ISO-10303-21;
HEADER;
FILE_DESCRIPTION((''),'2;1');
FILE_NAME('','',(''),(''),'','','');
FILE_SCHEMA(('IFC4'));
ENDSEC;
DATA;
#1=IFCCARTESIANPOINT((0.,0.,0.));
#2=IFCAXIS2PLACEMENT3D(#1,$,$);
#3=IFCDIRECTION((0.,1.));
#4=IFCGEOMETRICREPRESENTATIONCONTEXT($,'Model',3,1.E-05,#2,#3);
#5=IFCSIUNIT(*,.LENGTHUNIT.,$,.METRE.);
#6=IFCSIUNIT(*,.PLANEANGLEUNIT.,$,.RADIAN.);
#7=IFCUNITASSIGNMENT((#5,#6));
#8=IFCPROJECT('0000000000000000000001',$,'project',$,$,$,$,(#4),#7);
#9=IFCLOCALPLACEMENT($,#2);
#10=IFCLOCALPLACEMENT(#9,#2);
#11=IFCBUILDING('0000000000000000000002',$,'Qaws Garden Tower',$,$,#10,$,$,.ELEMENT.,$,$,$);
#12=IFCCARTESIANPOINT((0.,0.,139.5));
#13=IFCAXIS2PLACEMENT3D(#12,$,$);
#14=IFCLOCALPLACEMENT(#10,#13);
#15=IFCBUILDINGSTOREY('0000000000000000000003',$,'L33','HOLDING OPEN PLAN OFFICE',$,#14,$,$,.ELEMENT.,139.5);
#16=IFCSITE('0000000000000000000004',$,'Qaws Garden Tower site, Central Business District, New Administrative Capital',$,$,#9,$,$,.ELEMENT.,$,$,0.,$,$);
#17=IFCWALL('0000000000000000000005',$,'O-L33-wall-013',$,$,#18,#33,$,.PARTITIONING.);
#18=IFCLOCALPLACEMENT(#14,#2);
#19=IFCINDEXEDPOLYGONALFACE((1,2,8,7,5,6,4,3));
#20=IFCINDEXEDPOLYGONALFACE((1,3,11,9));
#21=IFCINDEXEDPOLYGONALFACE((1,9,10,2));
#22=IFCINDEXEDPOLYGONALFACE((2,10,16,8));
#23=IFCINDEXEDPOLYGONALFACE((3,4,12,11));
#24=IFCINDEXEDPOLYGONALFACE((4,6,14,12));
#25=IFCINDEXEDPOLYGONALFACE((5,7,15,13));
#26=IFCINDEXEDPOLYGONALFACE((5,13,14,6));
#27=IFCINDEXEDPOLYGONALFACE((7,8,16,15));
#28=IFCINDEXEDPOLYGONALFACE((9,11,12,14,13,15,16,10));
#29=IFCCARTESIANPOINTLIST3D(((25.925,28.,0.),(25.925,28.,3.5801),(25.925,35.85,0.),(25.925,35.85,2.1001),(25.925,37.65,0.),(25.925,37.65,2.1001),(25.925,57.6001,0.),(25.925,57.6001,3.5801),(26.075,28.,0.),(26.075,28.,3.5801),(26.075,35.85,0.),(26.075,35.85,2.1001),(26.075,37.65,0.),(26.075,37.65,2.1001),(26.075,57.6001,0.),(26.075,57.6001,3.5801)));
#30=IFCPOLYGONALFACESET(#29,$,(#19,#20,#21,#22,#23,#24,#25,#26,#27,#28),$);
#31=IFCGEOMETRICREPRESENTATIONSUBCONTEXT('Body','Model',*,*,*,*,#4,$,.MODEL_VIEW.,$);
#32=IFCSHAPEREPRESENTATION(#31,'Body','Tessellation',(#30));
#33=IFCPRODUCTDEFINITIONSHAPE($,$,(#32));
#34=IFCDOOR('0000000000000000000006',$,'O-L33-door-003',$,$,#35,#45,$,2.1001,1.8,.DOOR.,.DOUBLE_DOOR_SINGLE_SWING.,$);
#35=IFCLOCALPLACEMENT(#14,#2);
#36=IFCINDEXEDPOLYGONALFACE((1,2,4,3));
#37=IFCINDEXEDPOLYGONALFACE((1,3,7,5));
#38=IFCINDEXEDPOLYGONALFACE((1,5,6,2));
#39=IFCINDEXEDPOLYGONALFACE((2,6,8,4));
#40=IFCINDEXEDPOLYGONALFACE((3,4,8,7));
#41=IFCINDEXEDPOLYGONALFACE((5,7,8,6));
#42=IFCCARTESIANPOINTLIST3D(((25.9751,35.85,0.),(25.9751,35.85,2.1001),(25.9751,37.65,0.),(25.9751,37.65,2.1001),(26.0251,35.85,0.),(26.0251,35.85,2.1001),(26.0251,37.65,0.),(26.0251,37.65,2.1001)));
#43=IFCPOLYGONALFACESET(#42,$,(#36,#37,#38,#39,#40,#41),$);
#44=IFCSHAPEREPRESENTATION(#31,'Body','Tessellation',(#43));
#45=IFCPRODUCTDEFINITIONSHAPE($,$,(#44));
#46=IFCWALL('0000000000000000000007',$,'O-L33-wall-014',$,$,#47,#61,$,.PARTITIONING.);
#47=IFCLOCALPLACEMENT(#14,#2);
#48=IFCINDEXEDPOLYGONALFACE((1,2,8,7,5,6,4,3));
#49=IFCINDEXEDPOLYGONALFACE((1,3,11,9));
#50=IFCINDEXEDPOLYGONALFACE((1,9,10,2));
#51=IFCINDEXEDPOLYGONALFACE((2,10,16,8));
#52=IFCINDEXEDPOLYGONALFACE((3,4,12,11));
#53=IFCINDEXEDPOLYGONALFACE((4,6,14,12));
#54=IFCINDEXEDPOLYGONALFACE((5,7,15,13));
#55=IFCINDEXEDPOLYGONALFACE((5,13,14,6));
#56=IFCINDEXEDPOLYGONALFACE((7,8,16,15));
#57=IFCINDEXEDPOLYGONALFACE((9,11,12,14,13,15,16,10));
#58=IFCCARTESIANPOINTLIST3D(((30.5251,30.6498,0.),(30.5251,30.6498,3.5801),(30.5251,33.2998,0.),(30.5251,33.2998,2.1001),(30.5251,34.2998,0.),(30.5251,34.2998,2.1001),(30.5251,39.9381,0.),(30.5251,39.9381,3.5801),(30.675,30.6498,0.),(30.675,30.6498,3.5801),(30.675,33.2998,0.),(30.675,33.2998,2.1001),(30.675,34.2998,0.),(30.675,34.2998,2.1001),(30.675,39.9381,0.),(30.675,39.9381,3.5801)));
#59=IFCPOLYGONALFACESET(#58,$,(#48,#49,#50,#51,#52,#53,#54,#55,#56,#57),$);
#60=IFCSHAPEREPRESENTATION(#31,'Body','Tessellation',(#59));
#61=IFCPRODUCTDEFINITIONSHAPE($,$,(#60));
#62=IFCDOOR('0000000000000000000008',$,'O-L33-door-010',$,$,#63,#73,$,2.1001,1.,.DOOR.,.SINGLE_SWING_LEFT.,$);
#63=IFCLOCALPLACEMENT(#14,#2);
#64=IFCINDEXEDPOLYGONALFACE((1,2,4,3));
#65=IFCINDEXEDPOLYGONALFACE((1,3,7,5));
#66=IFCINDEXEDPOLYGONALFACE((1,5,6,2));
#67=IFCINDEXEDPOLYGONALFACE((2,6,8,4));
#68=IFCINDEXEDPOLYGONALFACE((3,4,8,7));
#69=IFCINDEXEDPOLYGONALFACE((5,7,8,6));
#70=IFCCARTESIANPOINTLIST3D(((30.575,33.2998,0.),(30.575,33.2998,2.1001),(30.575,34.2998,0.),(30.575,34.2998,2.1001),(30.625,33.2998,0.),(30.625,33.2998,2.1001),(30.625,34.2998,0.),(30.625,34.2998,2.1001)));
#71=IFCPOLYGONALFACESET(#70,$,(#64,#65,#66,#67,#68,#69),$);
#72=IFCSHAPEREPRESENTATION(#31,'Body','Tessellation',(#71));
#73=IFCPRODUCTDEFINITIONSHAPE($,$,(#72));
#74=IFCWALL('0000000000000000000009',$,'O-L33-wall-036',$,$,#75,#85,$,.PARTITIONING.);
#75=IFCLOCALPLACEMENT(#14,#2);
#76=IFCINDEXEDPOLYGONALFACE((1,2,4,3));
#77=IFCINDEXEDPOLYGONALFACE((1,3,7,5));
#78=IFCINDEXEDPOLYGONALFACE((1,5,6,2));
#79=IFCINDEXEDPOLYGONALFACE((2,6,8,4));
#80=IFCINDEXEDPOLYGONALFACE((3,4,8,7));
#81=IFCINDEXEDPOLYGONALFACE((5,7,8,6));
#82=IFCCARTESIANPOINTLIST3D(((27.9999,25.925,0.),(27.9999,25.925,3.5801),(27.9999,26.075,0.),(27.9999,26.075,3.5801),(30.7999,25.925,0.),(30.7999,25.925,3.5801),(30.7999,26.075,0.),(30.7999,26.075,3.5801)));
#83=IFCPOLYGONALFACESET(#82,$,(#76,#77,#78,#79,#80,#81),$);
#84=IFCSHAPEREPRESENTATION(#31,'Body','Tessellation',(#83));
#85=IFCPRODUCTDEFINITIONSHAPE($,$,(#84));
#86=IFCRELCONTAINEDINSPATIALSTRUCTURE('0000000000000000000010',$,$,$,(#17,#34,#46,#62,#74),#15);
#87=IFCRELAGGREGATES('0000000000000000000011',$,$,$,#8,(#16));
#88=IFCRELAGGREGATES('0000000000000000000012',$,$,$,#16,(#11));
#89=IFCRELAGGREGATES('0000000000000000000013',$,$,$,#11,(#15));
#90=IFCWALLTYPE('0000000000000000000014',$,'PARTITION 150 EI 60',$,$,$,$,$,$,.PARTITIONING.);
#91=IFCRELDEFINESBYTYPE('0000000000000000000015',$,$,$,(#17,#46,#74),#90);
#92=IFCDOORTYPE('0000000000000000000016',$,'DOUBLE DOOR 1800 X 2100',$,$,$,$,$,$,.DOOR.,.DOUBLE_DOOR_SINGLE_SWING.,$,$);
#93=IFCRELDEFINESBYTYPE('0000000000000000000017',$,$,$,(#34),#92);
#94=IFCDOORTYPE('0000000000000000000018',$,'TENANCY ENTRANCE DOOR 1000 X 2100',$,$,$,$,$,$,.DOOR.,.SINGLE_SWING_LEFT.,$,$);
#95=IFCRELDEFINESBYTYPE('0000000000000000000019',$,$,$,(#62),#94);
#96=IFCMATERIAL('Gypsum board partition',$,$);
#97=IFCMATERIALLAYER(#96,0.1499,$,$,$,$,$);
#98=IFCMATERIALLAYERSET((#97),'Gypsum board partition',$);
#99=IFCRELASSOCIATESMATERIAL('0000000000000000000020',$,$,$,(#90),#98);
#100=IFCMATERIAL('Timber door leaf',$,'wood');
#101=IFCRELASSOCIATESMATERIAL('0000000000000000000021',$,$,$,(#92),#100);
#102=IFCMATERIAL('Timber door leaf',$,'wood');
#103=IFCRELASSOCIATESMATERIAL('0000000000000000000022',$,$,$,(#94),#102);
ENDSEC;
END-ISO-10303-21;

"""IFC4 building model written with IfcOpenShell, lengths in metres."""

from ifc_helpers import new_model, si_unit, direction, frame, frame_2d, origin, place, context, subcontext, project, spatial, rectangle, extrude, material, layer, layer_set, type_object, element, fill, save


model = new_model("IFC4")

# Units and contexts
model_context = context("Model", 3, precision=1e-05, world=origin(), true_north=direction((0.0, 1.0)))
body_context = subcontext(model_context, "Body", "Model", "MODEL_VIEW")
ifc_project = project(units=[si_unit("LENGTHUNIT", "METRE"), si_unit("PLANEANGLEUNIT", "RADIAN")], contexts=[model_context])

# Site, building, storey
site_placement = place(None, origin())
site = spatial("IfcSite", under=ifc_project, at=site_placement, Name="Qaws Garden Tower site, Central Business District, New Administrative Capital", CompositionType="ELEMENT", RefElevation=0.0)
building_placement = place(site_placement, origin())
building = spatial("IfcBuilding", under=site, at=building_placement, Name="Qaws Garden Tower", CompositionType="ELEMENT")
storey_placement = place(building_placement, frame((0.0, 0.0, 139.5)))
storey = spatial("IfcBuildingStorey", under=building, at=storey_placement, Name="L33", Description="HOLDING OPEN PLAN OFFICE", CompositionType="ELEMENT", Elevation=139.5)

# Walls, openings, doors
ifc_material_1 = material(Name="Gypsum board partition")
ifc_layer_1 = layer(ifc_material_1, 0.1499)
ifc_layer_set_1 = layer_set([ifc_layer_1], Name="Gypsum board partition")
wall_type_1 = type_object("IfcWallType", Name="PARTITION 150 EI 60", PredefinedType="PARTITIONING", material=ifc_layer_set_1)
wall_1_placement = place(storey_placement, frame((26.0, 28.0, 0.0), z_axis=(0.0, 0.0, 1.0), x_axis=(0.0, 1.0, 0.0)))
wall_1 = element("IfcWall", 1, at=wall_1_placement, inside=storey, type_object=wall_type_1, Name="O-L33-wall-013", PredefinedType="PARTITIONING", context=body_context, shape_type="SweptSolid", body=[
    extrude(rectangle(XDim=29.6001, YDim=0.1499, at=frame_2d((14.8, 0.0))), origin(), (0.0, 0.0, 1.0), 3.5801),
])
opening_1_placement = place(wall_1_placement, frame((7.8501, 0.0, 0.0)))
opening_1 = element("IfcOpeningElement", 2, at=opening_1_placement, cuts=wall_1, PredefinedType="OPENING", context=body_context, shape_type="SweptSolid", body=[
    extrude(rectangle(XDim=1.8, YDim=2.1001, at=frame_2d((0.8999, 1.05))), frame((0.0, 0.085, 0.0), z_axis=(0.0, -1.0, 0.0), x_axis=(1.0, 0.0, 0.0)), (0.0, 0.0, 1.0), 0.1699),
])
ifc_material_2 = material(Name="Timber door leaf", Category="wood")
door_type_1 = type_object("IfcDoorType", Name="DOUBLE DOOR 1800 X 2100", OperationType="DOUBLE_DOOR_SINGLE_SWING", PredefinedType="DOOR", material=ifc_material_2)
door_1_placement = place(opening_1_placement, origin())
door_1 = element("IfcDoor", 3, at=door_1_placement, inside=storey, type_object=door_type_1, Name="O-L33-door-003", OperationType="DOUBLE_DOOR_SINGLE_SWING", OverallHeight=2.1001, OverallWidth=1.8, PredefinedType="DOOR", context=body_context, shape_type="SweptSolid", body=[
    extrude(rectangle(XDim=1.8, YDim=2.1001, at=frame_2d((0.8999, 1.05))), frame((0.0, 0.0249, 0.0), z_axis=(0.0, -1.0, 0.0), x_axis=(1.0, 0.0, 0.0)), (0.0, 0.0, 1.0), 0.05),
])
fill(opening_1, door_1)
wall_2_placement = place(storey_placement, frame((30.6001, 30.6499, 0.0), z_axis=(0.0, 0.0, 1.0), x_axis=(0.0, 1.0, 0.0)))
wall_2 = element("IfcWall", 4, at=wall_2_placement, inside=storey, type_object=wall_type_1, Name="O-L33-wall-014", PredefinedType="PARTITIONING", context=body_context, shape_type="SweptSolid", body=[
    extrude(rectangle(XDim=9.2883, YDim=0.1499, at=frame_2d((4.644, 0.0))), origin(), (0.0, 0.0, 1.0), 3.5801),
])
opening_2_placement = place(wall_2_placement, frame((2.6499, 0.0, 0.0)))
opening_2 = element("IfcOpeningElement", 5, at=opening_2_placement, cuts=wall_2, PredefinedType="OPENING", context=body_context, shape_type="SweptSolid", body=[
    extrude(rectangle(XDim=1.0, YDim=2.1001, at=frame_2d((0.5, 1.05))), frame((0.0, 0.085, 0.0), z_axis=(0.0, -1.0, 0.0), x_axis=(1.0, 0.0, 0.0)), (0.0, 0.0, 1.0), 0.1699),
])
ifc_material_3 = material(Name="Timber door leaf", Category="wood")
door_type_2 = type_object("IfcDoorType", Name="TENANCY ENTRANCE DOOR 1000 X 2100", OperationType="SINGLE_SWING_LEFT", PredefinedType="DOOR", material=ifc_material_3)
door_2_placement = place(opening_2_placement, frame((1.0, 0.0, 0.0), z_axis=(0.0, 0.0, 1.0), x_axis=(-1.0, 0.0, 0.0)))
door_2 = element("IfcDoor", 6, at=door_2_placement, inside=storey, type_object=door_type_2, Name="O-L33-door-010", OperationType="SINGLE_SWING_LEFT", OverallHeight=2.1001, OverallWidth=1.0, PredefinedType="DOOR", context=body_context, shape_type="SweptSolid", body=[
    extrude(rectangle(XDim=1.0, YDim=2.1001, at=frame_2d((0.5, 1.05))), frame((0.0, 0.0249, 0.0), z_axis=(0.0, -1.0, 0.0), x_axis=(1.0, 0.0, 0.0)), (0.0, 0.0, 1.0), 0.05),
])
fill(opening_2, door_2)

# Wall
wall_3_placement = place(storey_placement, frame((28.0, 26.0, 0.0), z_axis=(0.0, 0.0, 1.0), x_axis=(1.0, 0.0, 0.0)))
element("IfcWall", 7, at=wall_3_placement, inside=storey, type_object=wall_type_1, Name="O-L33-wall-036", PredefinedType="PARTITIONING", context=body_context, shape_type="SweptSolid", body=[
    extrude(rectangle(XDim=2.8, YDim=0.1499, at=frame_2d((1.3999, 0.0))), origin(), (0.0, 0.0, 1.0), 3.5801),
])

save(model, "model.ifc")
